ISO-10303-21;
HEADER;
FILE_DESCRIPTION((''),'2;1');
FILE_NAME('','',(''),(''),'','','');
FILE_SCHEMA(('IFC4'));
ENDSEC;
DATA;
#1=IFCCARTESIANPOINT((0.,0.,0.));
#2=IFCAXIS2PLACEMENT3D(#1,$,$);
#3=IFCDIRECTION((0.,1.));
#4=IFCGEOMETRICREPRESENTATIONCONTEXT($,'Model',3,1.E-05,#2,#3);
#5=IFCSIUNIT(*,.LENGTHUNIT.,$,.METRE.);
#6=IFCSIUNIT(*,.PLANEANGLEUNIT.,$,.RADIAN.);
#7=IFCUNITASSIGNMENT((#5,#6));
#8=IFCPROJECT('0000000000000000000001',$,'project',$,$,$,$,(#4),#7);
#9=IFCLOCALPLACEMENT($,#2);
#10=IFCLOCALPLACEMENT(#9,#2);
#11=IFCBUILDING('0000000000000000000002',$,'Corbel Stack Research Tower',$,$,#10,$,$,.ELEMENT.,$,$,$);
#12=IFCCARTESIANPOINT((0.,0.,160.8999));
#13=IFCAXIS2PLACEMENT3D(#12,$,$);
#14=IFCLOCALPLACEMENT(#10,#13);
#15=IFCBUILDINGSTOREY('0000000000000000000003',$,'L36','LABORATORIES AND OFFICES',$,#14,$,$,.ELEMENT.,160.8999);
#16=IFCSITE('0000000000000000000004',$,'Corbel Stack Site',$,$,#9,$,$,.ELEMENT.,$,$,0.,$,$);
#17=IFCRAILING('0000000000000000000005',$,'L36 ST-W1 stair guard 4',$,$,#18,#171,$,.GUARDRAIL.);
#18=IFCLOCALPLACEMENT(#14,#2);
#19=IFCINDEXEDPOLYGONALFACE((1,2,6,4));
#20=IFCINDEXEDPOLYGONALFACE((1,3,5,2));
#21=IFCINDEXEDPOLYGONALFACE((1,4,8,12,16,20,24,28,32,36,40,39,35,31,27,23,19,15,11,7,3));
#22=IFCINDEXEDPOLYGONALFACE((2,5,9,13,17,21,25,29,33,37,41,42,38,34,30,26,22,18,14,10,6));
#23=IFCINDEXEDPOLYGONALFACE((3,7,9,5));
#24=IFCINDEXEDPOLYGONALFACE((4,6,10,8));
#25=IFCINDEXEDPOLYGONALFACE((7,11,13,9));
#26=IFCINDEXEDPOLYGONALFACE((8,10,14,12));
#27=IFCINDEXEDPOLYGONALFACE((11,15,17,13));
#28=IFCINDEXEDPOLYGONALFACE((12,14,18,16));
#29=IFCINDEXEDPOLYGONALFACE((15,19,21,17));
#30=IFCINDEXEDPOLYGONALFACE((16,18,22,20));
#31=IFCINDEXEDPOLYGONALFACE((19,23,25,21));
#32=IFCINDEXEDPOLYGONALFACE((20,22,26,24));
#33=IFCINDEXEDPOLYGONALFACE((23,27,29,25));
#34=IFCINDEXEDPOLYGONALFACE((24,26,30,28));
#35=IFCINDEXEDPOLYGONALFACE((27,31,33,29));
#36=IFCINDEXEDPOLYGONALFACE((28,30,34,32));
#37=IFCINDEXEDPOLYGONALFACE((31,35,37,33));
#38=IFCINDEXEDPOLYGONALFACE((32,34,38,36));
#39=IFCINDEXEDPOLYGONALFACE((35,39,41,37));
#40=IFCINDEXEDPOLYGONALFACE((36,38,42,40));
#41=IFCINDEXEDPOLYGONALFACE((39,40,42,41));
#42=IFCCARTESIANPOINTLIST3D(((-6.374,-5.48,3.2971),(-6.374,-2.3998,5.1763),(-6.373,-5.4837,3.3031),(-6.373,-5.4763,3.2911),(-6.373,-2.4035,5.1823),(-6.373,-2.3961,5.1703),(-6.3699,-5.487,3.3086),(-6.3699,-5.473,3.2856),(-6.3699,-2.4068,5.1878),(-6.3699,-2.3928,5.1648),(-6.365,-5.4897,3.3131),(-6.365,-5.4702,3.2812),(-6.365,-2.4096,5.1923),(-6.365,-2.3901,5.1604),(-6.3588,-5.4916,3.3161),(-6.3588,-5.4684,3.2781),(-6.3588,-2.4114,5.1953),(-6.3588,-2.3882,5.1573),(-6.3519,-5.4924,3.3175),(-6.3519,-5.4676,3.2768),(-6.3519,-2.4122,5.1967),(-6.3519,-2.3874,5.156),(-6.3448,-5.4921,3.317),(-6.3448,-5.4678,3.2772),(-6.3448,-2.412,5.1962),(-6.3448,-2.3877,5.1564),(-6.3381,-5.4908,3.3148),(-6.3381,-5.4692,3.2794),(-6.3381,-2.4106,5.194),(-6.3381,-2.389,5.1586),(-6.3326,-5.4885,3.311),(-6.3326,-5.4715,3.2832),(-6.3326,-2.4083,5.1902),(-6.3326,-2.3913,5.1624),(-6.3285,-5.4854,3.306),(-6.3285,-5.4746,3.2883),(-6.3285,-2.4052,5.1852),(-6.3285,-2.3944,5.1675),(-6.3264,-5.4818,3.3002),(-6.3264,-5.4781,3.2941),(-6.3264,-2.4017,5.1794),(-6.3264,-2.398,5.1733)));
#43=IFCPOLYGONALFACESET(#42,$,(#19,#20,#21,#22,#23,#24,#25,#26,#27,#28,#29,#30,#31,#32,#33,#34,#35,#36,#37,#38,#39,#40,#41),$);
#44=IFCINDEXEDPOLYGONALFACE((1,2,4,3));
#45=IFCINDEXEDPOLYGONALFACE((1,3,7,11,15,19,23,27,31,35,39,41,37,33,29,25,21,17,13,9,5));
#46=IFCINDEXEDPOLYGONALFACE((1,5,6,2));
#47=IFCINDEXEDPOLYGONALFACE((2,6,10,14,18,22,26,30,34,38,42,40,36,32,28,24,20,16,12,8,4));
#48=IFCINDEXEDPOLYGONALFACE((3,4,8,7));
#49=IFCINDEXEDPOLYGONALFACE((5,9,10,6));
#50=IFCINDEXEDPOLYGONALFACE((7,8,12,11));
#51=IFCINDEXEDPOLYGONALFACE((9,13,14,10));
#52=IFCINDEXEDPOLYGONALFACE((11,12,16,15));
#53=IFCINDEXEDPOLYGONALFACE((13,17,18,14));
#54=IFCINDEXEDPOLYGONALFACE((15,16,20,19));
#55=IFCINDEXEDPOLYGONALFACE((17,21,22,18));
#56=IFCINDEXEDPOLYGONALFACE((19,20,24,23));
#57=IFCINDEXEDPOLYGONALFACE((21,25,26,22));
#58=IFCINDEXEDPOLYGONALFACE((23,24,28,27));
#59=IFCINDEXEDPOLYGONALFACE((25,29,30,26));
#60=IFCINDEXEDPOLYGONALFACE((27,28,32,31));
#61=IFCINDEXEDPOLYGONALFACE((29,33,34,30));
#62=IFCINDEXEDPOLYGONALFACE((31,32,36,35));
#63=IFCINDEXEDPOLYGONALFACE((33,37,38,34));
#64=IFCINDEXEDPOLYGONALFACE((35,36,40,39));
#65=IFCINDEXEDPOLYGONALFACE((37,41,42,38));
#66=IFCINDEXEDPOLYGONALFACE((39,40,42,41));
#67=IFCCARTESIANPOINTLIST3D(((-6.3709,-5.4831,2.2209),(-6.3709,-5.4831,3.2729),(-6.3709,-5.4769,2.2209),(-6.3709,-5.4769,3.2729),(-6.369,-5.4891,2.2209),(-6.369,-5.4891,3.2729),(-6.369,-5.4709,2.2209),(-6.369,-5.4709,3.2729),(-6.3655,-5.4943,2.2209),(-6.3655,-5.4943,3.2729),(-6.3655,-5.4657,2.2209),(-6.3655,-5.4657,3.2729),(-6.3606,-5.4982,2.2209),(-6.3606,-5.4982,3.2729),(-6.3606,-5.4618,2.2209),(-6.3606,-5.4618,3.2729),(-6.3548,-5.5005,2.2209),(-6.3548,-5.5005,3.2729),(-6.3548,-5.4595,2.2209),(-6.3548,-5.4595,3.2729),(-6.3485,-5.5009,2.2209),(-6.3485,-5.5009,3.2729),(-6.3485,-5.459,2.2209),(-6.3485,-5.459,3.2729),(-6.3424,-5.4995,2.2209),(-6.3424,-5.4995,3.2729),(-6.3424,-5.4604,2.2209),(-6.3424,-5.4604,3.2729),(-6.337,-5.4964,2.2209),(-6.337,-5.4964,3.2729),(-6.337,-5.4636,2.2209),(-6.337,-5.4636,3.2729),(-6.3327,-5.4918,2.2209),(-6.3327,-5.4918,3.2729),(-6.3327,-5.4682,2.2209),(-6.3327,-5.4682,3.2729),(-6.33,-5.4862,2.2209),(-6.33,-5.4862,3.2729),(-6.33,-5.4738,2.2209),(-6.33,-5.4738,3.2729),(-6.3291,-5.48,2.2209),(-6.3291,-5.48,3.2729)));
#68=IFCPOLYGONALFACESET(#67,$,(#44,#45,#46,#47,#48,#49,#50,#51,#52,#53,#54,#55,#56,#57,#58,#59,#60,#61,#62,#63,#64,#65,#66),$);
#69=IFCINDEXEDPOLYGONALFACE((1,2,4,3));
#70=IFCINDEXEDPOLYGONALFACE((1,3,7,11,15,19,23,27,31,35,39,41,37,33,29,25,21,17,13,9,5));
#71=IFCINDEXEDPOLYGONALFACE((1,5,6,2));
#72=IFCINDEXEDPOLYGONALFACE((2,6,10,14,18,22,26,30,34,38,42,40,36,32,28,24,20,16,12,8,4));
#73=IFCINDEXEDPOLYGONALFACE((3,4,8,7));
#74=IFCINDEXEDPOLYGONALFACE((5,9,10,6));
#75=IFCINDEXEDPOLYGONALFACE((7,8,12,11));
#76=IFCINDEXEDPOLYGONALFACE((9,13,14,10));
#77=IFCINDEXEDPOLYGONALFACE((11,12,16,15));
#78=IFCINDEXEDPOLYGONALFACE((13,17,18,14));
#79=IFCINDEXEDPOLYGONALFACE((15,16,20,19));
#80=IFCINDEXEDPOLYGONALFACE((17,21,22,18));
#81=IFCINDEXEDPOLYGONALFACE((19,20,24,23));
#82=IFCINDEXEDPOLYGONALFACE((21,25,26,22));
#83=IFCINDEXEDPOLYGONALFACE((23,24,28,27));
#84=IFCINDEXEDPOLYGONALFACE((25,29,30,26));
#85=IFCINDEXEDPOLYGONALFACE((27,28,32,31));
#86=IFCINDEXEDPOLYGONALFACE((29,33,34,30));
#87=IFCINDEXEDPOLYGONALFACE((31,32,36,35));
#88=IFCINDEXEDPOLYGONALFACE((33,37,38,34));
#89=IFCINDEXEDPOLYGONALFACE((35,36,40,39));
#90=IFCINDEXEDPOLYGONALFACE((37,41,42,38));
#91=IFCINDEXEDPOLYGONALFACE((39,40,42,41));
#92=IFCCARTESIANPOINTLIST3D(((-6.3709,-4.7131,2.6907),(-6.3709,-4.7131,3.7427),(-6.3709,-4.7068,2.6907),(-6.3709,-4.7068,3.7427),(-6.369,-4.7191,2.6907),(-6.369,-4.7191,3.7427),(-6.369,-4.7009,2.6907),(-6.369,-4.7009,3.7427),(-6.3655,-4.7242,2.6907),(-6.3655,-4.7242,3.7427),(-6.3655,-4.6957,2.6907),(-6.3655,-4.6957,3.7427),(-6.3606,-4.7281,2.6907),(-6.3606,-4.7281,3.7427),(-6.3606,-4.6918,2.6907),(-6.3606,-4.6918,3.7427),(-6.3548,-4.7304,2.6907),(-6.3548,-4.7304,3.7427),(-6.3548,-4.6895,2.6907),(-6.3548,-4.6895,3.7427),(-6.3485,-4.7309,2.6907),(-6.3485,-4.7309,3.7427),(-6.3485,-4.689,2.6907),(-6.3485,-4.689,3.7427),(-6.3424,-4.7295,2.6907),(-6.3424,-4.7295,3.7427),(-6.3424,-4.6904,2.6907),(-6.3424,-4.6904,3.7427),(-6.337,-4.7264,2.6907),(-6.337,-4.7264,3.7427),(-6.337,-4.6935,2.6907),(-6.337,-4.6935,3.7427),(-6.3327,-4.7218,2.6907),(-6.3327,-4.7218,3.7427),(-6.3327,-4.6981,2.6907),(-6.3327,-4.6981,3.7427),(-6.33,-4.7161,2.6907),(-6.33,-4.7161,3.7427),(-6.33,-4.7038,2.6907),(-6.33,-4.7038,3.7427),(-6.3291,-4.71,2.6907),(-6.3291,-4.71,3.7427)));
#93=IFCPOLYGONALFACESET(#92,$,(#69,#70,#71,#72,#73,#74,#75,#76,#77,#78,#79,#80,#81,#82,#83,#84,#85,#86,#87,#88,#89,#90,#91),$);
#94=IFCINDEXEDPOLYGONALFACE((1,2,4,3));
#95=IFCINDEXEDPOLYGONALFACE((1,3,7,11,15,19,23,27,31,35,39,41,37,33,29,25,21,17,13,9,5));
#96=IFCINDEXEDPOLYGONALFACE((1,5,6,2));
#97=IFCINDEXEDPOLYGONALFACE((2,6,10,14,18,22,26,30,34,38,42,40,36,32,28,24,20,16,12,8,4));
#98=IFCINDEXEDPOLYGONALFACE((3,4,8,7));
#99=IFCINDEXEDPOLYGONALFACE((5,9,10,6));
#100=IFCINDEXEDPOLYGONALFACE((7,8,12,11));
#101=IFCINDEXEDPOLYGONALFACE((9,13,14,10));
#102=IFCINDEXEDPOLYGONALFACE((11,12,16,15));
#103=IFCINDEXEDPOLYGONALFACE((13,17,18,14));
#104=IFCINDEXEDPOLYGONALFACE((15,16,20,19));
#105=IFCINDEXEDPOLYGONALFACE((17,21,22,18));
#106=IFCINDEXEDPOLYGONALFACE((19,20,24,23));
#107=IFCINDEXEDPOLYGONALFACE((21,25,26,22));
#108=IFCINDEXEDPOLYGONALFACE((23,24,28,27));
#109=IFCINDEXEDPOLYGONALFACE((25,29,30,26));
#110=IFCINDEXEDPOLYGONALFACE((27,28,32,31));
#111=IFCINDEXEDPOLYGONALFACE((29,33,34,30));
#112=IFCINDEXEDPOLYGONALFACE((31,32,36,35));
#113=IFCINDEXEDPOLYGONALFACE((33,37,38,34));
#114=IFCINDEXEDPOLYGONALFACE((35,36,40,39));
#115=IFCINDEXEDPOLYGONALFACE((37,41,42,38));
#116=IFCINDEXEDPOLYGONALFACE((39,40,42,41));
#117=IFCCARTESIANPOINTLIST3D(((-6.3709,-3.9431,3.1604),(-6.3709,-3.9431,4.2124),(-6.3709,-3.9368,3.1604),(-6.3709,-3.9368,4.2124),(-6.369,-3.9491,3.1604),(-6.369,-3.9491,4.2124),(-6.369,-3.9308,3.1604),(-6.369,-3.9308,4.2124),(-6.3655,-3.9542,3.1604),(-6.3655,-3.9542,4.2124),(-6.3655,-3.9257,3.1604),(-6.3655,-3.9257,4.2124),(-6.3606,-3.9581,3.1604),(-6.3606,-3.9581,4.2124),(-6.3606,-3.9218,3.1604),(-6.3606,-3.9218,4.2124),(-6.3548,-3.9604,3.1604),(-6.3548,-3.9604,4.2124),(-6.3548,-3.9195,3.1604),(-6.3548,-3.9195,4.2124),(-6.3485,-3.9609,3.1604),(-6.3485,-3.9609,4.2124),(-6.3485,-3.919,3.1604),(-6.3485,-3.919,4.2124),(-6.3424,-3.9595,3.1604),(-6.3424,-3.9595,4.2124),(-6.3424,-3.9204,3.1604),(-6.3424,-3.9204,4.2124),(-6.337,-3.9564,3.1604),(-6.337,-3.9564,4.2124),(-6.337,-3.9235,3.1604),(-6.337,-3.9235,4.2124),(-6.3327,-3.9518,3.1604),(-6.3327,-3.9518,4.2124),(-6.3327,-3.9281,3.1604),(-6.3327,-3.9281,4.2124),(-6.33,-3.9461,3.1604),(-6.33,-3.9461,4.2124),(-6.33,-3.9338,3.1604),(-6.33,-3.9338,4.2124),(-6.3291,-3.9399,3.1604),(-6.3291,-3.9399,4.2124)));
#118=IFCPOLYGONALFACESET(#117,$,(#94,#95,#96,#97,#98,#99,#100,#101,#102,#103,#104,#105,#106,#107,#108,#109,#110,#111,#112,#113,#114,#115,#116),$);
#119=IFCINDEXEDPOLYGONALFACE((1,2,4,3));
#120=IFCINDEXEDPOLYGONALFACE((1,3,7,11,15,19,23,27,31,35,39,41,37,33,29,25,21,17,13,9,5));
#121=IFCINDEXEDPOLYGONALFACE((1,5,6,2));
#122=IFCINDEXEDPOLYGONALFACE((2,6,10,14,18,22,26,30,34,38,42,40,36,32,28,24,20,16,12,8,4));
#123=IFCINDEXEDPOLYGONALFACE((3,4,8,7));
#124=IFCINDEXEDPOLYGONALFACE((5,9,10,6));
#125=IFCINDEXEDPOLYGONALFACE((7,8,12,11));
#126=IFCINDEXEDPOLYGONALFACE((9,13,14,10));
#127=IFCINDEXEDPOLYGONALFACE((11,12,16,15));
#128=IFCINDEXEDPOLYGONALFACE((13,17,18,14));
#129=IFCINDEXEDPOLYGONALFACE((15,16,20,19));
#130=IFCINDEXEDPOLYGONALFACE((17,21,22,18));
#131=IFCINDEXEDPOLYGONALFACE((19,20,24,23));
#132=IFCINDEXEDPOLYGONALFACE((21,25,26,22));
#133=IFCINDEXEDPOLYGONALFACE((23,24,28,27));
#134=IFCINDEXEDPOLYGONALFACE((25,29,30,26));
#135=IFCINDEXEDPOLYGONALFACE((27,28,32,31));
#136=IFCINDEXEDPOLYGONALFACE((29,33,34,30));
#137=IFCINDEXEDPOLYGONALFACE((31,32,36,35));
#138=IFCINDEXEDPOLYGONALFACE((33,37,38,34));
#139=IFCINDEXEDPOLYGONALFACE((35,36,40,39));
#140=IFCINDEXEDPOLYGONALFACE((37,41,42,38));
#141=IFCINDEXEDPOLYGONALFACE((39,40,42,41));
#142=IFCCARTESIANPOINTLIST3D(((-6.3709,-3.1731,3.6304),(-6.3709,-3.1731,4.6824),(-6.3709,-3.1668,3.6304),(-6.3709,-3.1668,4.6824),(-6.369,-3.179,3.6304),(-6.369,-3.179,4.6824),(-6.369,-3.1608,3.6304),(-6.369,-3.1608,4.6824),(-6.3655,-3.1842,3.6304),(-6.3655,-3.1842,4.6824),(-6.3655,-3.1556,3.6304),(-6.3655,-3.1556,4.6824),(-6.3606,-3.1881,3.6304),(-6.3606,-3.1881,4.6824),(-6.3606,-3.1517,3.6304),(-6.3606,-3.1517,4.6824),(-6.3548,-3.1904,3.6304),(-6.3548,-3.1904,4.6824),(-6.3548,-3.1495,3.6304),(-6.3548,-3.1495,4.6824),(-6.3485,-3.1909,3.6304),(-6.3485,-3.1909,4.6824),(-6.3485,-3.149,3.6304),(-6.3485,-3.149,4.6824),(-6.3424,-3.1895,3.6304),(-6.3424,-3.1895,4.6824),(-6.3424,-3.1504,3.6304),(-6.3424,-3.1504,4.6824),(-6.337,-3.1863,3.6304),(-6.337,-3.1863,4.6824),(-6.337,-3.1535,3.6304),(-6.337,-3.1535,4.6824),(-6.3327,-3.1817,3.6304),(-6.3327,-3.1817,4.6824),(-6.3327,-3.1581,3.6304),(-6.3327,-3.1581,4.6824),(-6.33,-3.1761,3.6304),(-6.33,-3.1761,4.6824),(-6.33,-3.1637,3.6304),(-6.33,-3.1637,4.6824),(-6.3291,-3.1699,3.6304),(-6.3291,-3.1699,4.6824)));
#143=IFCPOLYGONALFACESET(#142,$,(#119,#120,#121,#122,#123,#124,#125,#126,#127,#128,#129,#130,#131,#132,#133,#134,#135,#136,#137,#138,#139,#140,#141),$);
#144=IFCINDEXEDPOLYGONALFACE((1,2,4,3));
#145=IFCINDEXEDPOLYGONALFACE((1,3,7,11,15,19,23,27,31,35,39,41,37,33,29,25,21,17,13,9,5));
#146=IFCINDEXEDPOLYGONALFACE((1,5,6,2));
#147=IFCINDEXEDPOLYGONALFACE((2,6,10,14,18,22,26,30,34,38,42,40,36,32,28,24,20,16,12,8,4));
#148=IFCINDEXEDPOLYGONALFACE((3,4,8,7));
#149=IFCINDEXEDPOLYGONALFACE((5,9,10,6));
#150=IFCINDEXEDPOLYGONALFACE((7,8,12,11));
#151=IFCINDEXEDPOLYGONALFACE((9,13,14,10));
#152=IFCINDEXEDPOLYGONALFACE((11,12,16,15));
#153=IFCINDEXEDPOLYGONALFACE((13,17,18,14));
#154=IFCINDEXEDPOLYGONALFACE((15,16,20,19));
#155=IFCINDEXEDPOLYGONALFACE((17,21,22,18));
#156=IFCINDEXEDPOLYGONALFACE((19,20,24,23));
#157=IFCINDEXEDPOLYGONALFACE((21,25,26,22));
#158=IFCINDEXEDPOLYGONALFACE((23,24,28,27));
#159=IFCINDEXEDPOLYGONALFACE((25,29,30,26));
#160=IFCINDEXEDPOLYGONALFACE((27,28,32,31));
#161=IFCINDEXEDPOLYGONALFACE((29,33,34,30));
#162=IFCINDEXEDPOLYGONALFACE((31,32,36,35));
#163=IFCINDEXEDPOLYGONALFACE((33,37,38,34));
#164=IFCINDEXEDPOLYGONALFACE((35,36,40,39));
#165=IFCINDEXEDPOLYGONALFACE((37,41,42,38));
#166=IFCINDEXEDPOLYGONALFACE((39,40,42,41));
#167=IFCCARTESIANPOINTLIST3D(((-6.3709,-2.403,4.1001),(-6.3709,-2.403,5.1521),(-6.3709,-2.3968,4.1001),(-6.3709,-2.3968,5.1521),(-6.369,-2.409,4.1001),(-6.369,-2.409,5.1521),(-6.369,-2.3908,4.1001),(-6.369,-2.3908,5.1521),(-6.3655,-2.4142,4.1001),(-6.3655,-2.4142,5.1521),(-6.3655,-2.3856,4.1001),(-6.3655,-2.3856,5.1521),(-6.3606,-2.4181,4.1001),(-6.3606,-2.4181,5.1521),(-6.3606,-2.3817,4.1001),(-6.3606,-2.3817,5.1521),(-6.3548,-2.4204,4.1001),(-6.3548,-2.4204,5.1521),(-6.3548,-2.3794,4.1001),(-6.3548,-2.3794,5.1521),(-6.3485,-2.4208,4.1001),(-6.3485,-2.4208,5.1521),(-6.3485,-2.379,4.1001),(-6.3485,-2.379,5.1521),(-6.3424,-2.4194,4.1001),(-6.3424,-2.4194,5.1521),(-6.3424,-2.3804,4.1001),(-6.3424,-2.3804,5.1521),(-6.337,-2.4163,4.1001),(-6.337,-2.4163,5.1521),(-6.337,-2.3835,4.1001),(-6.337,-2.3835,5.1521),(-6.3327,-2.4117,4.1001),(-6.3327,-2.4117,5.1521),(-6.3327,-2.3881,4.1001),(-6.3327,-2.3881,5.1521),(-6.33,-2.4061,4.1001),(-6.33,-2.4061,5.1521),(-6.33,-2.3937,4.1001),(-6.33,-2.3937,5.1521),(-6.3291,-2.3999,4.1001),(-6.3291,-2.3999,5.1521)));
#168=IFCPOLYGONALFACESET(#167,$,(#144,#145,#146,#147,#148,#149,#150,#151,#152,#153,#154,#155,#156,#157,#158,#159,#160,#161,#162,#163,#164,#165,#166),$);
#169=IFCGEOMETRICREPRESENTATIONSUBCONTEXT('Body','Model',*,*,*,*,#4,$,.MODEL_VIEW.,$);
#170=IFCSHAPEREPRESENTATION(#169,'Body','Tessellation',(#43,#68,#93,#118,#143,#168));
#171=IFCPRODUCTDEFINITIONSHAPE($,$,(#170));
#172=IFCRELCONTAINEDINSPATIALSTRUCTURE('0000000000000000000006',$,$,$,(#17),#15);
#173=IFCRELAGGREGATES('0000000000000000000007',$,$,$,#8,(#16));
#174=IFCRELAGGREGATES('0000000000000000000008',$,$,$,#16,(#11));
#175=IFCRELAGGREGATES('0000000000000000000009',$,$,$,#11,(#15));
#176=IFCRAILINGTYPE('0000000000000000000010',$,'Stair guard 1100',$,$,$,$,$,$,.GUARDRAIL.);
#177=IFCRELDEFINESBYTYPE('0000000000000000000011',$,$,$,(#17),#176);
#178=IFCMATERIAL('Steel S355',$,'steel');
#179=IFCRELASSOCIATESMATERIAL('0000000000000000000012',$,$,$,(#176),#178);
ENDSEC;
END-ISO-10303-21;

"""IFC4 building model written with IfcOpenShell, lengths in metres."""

from ifc_helpers import new_model, si_unit, direction, frame, origin, origin_2d, place, context, subcontext, project, spatial, circle, extrude, material, type_object, element, save


model = new_model("IFC4")

# Units and contexts
model_context = context("Model", 3, precision=1e-05, world=origin(), true_north=direction((0.0, 1.0)))
body_context = subcontext(model_context, "Body", "Model", "MODEL_VIEW")
ifc_project = project(units=[si_unit("LENGTHUNIT", "METRE"), si_unit("PLANEANGLEUNIT", "RADIAN")], contexts=[model_context])

# Site, building, storey
site_placement = place(None, origin())
site = spatial("IfcSite", under=ifc_project, at=site_placement, Name="Corbel Stack Site", CompositionType="ELEMENT", RefElevation=0.0)
building_placement = place(site_placement, origin())
building = spatial("IfcBuilding", under=site, at=building_placement, Name="Corbel Stack Research Tower", CompositionType="ELEMENT")
storey_placement = place(building_placement, frame((0.0, 0.0, 160.8999)))
storey = spatial("IfcBuildingStorey", under=building, at=storey_placement, Name="L36", Description="LABORATORIES AND OFFICES", CompositionType="ELEMENT", Elevation=160.8999)

# Railing
ifc_material_1 = material(Name="Steel S355", Category="steel")
railing_type_1 = type_object("IfcRailingType", Name="Stair guard 1100", PredefinedType="GUARDRAIL", material=ifc_material_1)
railing_1_placement = place(storey_placement, frame((-6.3501, -5.48, 2.2209)))
element("IfcRailing", 1, at=railing_1_placement, inside=storey, type_object=railing_type_1, Name="L36 ST-W1 stair guard 4", PredefinedType="GUARDRAIL", context=body_context, shape_type="SweptSolid", body=[
    extrude(circle(Radius=0.0239, at=origin_2d()), frame((0.0, 0.0, 1.0762), z_axis=(0.0, 0.853666, 0.52082), x_axis=(-1.0, 0.0, 0.0)), (0.0, 0.0, 1.0), 3.6082),
    extrude(circle(Radius=0.021, at=origin_2d()), origin(), (0.0, 0.0, 1.0), 1.052),
    extrude(circle(Radius=0.021, at=origin_2d()), frame((0.0, 0.77, 0.4697)), (0.0, 0.0, 1.0), 1.052),
    extrude(circle(Radius=0.021, at=origin_2d()), frame((0.0, 1.54, 0.9395)), (0.0, 0.0, 1.0), 1.052),
    extrude(circle(Radius=0.021, at=origin_2d()), frame((0.0, 2.3101, 1.4094)), (0.0, 0.0, 1.0), 1.052),
    extrude(circle(Radius=0.021, at=origin_2d()), frame((0.0, 3.0801, 1.8792)), (0.0, 0.0, 1.0), 1.052),
])

save(model, "model.ifc")
